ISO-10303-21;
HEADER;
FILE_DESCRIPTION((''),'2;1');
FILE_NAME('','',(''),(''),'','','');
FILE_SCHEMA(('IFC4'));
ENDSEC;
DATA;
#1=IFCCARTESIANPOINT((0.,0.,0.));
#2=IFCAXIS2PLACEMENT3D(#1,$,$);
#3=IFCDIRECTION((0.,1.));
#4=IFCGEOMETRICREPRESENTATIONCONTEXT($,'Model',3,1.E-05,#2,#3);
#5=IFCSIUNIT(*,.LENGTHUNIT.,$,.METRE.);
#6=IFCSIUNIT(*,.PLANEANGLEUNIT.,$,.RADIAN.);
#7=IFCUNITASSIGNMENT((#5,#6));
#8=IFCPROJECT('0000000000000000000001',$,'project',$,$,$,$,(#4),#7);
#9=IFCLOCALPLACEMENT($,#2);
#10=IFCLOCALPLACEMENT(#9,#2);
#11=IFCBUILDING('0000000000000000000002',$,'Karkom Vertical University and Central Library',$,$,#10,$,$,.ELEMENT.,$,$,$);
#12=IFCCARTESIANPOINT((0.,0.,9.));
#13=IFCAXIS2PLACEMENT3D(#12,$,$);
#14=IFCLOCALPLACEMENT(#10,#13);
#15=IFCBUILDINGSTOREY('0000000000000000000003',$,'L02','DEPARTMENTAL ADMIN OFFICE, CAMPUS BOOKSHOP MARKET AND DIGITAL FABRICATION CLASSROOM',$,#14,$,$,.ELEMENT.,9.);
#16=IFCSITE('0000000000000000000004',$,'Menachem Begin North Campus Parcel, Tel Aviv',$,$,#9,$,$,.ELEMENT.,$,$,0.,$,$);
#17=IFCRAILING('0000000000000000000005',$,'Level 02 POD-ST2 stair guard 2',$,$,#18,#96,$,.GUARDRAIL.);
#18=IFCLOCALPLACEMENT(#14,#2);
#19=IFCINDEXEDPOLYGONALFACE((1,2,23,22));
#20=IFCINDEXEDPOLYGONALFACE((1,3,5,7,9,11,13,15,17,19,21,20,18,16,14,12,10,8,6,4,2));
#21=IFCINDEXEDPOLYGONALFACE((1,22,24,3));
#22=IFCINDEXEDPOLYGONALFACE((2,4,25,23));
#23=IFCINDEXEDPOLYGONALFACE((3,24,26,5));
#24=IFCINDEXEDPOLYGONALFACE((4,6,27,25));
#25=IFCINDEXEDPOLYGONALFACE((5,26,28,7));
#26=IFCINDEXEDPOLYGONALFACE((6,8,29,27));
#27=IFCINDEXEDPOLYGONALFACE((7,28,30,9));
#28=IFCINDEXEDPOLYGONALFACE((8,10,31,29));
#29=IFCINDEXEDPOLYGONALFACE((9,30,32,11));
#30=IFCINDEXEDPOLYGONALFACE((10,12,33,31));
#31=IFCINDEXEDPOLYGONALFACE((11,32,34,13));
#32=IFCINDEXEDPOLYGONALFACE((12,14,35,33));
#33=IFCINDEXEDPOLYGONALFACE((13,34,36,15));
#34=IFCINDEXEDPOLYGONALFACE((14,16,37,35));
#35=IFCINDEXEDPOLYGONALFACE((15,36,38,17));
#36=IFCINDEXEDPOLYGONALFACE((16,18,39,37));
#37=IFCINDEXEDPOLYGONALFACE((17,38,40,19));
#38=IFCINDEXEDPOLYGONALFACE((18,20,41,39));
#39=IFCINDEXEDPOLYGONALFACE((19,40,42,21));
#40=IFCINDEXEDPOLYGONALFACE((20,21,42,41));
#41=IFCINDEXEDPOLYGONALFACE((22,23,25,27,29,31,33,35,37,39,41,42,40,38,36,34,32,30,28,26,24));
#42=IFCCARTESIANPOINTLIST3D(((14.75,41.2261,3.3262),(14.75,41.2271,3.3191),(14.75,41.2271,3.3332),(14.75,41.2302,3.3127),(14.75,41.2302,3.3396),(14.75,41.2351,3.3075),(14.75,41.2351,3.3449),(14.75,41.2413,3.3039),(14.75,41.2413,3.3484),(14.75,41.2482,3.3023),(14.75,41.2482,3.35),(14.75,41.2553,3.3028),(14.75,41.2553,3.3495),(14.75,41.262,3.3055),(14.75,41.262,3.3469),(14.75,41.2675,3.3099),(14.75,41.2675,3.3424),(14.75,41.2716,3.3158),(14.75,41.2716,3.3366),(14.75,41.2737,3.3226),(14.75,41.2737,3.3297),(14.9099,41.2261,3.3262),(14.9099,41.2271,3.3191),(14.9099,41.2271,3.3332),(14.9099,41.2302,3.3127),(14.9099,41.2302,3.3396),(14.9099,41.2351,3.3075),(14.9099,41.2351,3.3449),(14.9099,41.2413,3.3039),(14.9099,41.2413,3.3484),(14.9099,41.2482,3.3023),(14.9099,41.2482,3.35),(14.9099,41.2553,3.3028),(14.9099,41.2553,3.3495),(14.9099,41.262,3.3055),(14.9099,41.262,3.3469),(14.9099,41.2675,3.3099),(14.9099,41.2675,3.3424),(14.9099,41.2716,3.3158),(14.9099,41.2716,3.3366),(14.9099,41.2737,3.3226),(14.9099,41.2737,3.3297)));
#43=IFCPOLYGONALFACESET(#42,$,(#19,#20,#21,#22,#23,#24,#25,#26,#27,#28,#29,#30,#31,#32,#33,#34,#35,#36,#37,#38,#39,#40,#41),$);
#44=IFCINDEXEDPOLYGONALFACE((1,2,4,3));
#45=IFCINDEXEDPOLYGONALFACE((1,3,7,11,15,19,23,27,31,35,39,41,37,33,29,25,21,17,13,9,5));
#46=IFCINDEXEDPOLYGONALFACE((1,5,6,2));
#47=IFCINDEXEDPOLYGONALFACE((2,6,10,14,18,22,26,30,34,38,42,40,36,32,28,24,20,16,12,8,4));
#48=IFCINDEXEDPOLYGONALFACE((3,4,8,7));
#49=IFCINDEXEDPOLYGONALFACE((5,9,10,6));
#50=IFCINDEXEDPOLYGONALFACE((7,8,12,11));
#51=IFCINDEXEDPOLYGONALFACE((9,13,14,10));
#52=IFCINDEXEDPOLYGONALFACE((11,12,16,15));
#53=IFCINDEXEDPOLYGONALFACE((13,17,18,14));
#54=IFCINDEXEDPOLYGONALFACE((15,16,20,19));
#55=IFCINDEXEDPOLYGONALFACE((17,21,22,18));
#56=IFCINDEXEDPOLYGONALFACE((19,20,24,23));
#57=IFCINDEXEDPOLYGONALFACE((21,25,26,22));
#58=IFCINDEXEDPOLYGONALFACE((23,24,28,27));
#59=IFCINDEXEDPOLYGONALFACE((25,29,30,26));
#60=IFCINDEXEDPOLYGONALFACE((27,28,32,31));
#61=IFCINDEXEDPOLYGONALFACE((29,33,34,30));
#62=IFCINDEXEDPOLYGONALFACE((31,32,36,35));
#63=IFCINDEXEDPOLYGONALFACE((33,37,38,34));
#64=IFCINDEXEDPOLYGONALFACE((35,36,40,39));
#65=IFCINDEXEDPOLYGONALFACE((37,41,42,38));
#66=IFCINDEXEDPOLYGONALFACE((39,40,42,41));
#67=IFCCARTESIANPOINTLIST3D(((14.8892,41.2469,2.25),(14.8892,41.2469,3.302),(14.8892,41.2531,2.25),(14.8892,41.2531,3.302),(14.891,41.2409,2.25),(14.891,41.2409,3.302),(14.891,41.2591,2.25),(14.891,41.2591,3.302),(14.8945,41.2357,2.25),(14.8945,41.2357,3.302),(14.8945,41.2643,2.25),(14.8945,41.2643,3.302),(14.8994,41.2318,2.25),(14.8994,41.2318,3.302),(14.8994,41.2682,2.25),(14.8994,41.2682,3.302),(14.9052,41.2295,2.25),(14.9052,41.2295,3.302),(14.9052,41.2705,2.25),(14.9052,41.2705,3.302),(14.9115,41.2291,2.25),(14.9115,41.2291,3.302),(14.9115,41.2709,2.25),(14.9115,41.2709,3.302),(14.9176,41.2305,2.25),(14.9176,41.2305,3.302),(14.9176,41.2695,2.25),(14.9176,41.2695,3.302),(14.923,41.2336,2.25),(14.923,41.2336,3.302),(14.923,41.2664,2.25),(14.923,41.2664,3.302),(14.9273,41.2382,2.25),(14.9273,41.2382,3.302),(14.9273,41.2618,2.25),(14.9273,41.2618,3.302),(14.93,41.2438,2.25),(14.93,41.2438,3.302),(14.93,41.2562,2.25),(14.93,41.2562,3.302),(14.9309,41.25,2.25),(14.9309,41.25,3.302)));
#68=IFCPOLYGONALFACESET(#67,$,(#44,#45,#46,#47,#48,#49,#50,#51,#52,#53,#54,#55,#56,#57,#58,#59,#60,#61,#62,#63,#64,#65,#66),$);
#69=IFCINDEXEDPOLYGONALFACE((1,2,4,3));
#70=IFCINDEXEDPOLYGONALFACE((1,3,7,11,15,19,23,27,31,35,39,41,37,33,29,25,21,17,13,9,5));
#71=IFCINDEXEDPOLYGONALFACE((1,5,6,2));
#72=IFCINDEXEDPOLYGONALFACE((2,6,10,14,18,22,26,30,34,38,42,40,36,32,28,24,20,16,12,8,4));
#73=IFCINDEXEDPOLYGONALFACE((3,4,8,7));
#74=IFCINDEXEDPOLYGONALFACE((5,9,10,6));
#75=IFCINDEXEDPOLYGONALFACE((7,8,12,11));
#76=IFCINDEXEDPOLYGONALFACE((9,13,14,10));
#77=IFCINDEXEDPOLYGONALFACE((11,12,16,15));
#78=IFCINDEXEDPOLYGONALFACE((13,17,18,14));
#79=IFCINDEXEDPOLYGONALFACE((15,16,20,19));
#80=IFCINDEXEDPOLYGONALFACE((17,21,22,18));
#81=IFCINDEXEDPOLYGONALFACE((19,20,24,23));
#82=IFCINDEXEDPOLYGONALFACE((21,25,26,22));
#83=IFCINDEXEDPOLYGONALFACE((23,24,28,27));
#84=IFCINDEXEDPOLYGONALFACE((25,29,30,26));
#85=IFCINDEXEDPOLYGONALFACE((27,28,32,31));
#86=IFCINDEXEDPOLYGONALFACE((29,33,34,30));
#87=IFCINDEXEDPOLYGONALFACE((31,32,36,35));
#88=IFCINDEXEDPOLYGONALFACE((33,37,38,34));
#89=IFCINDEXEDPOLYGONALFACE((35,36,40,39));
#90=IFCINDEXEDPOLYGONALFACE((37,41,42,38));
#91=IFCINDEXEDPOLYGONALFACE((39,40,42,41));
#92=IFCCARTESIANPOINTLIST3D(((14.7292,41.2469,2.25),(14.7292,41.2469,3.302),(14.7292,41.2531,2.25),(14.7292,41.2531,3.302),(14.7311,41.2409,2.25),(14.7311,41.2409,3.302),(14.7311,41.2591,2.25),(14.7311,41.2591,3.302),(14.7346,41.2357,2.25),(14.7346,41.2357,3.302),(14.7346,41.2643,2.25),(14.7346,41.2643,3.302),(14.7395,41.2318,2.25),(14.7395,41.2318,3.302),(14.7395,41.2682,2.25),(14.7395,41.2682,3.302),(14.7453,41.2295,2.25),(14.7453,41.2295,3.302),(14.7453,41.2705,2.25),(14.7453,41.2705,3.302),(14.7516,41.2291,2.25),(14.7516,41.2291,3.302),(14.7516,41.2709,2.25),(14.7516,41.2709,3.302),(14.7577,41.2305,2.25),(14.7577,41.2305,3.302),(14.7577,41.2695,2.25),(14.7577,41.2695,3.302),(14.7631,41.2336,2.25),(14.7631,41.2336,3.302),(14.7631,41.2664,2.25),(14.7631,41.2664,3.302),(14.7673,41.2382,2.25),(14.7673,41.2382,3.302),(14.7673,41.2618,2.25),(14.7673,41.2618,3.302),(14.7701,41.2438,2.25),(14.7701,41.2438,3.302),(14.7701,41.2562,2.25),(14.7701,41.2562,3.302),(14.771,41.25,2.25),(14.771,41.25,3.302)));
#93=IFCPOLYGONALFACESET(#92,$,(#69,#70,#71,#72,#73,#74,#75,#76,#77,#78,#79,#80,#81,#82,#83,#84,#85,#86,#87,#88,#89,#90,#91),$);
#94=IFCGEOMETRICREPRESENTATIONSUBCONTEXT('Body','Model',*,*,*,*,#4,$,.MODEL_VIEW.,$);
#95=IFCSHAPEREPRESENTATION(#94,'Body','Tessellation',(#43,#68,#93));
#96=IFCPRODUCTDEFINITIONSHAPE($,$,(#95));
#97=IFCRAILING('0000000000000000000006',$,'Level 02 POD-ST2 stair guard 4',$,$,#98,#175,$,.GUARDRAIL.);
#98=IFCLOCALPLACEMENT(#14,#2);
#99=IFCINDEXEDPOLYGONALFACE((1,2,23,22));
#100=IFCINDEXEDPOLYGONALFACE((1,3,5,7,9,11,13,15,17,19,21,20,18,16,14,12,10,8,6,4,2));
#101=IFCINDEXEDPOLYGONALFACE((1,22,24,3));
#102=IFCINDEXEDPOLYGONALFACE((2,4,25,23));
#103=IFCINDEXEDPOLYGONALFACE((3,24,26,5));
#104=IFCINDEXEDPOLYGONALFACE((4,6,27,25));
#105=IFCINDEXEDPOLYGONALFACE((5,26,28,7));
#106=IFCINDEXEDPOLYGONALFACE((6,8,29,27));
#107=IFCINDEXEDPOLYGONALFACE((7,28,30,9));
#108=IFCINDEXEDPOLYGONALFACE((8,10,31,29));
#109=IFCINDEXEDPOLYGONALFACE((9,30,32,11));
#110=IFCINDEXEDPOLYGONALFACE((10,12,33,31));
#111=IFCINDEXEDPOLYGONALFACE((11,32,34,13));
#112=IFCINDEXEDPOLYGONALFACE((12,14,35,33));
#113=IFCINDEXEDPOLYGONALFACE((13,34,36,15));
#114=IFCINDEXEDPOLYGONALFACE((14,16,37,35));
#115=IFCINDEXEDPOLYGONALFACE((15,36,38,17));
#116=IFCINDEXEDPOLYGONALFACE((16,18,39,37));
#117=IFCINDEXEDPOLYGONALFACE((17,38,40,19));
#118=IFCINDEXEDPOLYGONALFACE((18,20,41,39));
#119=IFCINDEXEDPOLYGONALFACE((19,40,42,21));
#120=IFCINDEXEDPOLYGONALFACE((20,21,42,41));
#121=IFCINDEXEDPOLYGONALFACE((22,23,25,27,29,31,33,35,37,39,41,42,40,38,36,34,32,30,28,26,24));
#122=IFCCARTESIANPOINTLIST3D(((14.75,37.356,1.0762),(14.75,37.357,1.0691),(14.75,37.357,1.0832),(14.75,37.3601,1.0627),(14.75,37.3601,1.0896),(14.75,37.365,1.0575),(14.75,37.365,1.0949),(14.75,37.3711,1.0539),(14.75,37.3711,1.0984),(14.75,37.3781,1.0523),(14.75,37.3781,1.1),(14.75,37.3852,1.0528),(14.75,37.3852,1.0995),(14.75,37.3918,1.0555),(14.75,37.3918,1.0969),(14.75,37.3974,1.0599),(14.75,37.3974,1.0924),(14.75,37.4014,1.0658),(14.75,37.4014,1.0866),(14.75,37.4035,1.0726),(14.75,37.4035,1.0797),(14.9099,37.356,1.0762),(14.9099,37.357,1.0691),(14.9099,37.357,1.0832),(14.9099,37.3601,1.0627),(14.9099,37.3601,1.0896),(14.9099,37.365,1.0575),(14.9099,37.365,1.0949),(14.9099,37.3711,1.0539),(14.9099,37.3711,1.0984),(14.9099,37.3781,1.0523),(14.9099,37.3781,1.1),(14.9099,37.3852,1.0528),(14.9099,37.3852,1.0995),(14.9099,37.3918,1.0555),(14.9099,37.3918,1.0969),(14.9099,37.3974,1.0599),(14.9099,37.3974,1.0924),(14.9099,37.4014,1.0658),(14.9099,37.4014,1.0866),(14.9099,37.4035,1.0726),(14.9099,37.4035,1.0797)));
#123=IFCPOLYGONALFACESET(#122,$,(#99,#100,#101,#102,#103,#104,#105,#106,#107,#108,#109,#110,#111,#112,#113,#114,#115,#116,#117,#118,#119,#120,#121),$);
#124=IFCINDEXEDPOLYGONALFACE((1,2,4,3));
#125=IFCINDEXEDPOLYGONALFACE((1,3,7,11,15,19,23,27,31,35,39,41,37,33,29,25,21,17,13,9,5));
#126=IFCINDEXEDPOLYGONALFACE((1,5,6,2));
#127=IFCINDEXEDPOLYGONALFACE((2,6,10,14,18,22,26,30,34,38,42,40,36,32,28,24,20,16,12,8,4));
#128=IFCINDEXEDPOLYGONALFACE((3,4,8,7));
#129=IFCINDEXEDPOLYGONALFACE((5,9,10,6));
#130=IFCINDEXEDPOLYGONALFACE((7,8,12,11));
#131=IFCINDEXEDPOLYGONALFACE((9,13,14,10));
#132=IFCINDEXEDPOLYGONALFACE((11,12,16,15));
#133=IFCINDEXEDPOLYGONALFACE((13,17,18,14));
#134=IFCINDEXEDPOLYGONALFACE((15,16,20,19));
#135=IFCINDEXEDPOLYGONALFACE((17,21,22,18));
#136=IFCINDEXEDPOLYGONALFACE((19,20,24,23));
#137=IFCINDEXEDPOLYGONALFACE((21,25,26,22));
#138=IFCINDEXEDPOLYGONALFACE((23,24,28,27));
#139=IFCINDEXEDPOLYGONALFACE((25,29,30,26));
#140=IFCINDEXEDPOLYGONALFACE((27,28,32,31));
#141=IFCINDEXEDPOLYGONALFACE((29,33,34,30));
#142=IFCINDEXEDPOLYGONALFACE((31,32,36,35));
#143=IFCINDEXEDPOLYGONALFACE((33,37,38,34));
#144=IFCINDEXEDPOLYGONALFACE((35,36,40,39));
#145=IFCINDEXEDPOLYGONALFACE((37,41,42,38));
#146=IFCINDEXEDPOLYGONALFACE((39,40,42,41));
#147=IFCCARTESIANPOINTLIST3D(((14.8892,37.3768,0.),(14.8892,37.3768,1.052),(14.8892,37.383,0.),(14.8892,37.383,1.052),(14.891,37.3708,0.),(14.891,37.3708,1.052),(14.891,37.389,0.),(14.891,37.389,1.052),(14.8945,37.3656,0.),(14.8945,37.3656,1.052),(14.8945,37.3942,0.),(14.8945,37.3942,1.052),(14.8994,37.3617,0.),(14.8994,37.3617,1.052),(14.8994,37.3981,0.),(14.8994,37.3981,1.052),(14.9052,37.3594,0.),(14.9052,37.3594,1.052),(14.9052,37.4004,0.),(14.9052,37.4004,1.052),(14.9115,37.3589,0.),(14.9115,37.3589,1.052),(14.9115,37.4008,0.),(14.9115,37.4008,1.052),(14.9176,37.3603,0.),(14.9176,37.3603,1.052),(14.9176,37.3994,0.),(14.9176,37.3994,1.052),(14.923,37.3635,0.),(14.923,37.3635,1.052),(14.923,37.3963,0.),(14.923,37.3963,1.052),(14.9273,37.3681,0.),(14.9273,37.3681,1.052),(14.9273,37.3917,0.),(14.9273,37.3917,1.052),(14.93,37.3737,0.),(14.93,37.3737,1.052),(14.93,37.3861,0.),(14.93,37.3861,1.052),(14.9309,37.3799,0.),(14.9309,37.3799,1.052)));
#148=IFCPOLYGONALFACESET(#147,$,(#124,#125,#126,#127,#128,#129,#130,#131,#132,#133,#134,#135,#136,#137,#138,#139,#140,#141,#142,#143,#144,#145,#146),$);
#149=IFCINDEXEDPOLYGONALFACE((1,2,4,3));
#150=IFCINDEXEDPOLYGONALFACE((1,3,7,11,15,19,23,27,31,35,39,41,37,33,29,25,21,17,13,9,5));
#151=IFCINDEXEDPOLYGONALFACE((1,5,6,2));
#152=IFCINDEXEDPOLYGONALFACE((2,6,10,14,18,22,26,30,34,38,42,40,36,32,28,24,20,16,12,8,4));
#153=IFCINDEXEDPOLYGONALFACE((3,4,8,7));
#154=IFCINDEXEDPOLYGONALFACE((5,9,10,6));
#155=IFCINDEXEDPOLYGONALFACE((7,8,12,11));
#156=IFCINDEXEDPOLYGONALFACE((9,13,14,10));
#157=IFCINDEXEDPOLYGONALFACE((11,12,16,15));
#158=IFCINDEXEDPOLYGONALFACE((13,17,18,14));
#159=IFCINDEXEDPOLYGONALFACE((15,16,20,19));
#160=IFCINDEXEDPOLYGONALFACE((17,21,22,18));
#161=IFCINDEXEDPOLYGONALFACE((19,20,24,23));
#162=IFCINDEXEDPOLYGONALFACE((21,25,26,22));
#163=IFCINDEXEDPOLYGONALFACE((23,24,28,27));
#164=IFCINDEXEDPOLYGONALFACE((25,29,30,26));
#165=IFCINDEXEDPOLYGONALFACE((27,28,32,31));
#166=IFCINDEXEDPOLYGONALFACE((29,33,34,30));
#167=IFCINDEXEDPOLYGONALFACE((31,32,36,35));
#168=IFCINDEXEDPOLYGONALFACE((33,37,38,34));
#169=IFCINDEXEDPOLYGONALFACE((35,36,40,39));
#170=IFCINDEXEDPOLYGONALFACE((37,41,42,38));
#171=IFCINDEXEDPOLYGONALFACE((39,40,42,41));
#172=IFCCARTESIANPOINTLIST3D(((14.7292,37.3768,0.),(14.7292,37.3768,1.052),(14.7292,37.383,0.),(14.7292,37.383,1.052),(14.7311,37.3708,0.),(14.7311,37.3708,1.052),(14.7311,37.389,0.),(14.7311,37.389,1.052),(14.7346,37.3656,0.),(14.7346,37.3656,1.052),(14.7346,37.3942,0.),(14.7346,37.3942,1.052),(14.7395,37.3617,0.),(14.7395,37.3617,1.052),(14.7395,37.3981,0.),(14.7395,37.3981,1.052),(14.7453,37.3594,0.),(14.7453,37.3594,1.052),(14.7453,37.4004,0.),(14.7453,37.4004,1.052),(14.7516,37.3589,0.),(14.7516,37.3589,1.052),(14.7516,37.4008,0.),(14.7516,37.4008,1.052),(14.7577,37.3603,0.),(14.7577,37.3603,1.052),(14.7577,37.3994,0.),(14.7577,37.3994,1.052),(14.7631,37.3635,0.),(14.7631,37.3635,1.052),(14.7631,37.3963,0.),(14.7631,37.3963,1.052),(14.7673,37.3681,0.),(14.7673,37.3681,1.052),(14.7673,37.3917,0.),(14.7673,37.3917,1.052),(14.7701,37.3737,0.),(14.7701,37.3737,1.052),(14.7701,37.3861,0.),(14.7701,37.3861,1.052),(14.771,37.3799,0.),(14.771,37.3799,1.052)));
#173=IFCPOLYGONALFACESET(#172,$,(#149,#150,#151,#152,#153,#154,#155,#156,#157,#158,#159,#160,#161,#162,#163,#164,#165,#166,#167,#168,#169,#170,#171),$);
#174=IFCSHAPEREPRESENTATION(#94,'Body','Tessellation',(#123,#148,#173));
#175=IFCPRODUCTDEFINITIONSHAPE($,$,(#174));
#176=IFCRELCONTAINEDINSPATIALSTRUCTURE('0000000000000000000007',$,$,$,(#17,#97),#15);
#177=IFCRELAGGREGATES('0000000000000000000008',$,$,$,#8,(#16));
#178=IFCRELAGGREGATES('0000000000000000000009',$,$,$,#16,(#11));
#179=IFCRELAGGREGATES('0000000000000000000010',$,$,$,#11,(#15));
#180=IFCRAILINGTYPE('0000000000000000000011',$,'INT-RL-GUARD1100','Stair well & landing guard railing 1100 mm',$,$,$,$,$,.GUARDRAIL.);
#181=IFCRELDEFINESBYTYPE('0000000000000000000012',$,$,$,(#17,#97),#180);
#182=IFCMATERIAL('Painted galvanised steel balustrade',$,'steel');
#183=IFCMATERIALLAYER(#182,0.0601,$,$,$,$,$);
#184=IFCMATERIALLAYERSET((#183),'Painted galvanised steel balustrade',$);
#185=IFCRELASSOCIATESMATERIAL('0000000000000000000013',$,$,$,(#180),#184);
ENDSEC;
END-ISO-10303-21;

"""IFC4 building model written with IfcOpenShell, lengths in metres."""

from ifc_helpers import new_model, si_unit, direction, frame, origin, origin_2d, place, context, subcontext, project, spatial, circle, extrude, material, layer, layer_set, type_object, element, save


model = new_model("IFC4")

# Units and contexts
model_context = context("Model", 3, precision=1e-05, world=origin(), true_north=direction((0.0, 1.0)))
body_context = subcontext(model_context, "Body", "Model", "MODEL_VIEW")
ifc_project = project(units=[si_unit("LENGTHUNIT", "METRE"), si_unit("PLANEANGLEUNIT", "RADIAN")], contexts=[model_context])

# Site, building, storey
site_placement = place(None, origin())
site = spatial("IfcSite", under=ifc_project, at=site_placement, Name="Menachem Begin North Campus Parcel, Tel Aviv", CompositionType="ELEMENT", RefElevation=0.0)
building_placement = place(site_placement, origin())
building = spatial("IfcBuilding", under=site, at=building_placement, Name="Karkom Vertical University and Central Library", CompositionType="ELEMENT")
storey_placement = place(building_placement, frame((0.0, 0.0, 9.0)))
storey = spatial("IfcBuildingStorey", under=building, at=storey_placement, Name="L02", Description="DEPARTMENTAL ADMIN OFFICE, CAMPUS BOOKSHOP MARKET AND DIGITAL FABRICATION CLASSROOM", CompositionType="ELEMENT", Elevation=9.0)

# Railings
ifc_material_1 = material(Name="Painted galvanised steel balustrade", Category="steel")
ifc_layer_1 = layer(ifc_material_1, 0.0601)
ifc_layer_set_1 = layer_set([ifc_layer_1], Name="Painted galvanised steel balustrade")
railing_type_1 = type_object("IfcRailingType", Name="INT-RL-GUARD1100", Description="Stair well & landing guard railing 1100 mm", PredefinedType="GUARDRAIL", material=ifc_layer_set_1)
for number, where, name in (
    (1, (14.9099, 41.25, 2.25), "Level 02 POD-ST2 stair guard 2"),
    (2, (14.9099, 37.3799, 0.0), "Level 02 POD-ST2 stair guard 4"),
):
    element("IfcRailing", number, at=place(storey_placement, frame(where)), inside=storey, type_object=railing_type_1, Name=name, PredefinedType="GUARDRAIL", context=body_context, shape_type="SweptSolid", body=[
        extrude(circle(Radius=0.0239, at=origin_2d()), frame((0.0, 0.0, 1.0762), z_axis=(-1.0, 0.0, 0.0), x_axis=(0.0, -1.0, 0.0)), (0.0, 0.0, 1.0), 0.1599),
        extrude(circle(Radius=0.021, at=origin_2d()), origin(), (0.0, 0.0, 1.0), 1.052),
        extrude(circle(Radius=0.021, at=origin_2d()), frame((-0.1599, 0.0, 0.0)), (0.0, 0.0, 1.0), 1.052),
    ])

save(model, "model.ifc")
